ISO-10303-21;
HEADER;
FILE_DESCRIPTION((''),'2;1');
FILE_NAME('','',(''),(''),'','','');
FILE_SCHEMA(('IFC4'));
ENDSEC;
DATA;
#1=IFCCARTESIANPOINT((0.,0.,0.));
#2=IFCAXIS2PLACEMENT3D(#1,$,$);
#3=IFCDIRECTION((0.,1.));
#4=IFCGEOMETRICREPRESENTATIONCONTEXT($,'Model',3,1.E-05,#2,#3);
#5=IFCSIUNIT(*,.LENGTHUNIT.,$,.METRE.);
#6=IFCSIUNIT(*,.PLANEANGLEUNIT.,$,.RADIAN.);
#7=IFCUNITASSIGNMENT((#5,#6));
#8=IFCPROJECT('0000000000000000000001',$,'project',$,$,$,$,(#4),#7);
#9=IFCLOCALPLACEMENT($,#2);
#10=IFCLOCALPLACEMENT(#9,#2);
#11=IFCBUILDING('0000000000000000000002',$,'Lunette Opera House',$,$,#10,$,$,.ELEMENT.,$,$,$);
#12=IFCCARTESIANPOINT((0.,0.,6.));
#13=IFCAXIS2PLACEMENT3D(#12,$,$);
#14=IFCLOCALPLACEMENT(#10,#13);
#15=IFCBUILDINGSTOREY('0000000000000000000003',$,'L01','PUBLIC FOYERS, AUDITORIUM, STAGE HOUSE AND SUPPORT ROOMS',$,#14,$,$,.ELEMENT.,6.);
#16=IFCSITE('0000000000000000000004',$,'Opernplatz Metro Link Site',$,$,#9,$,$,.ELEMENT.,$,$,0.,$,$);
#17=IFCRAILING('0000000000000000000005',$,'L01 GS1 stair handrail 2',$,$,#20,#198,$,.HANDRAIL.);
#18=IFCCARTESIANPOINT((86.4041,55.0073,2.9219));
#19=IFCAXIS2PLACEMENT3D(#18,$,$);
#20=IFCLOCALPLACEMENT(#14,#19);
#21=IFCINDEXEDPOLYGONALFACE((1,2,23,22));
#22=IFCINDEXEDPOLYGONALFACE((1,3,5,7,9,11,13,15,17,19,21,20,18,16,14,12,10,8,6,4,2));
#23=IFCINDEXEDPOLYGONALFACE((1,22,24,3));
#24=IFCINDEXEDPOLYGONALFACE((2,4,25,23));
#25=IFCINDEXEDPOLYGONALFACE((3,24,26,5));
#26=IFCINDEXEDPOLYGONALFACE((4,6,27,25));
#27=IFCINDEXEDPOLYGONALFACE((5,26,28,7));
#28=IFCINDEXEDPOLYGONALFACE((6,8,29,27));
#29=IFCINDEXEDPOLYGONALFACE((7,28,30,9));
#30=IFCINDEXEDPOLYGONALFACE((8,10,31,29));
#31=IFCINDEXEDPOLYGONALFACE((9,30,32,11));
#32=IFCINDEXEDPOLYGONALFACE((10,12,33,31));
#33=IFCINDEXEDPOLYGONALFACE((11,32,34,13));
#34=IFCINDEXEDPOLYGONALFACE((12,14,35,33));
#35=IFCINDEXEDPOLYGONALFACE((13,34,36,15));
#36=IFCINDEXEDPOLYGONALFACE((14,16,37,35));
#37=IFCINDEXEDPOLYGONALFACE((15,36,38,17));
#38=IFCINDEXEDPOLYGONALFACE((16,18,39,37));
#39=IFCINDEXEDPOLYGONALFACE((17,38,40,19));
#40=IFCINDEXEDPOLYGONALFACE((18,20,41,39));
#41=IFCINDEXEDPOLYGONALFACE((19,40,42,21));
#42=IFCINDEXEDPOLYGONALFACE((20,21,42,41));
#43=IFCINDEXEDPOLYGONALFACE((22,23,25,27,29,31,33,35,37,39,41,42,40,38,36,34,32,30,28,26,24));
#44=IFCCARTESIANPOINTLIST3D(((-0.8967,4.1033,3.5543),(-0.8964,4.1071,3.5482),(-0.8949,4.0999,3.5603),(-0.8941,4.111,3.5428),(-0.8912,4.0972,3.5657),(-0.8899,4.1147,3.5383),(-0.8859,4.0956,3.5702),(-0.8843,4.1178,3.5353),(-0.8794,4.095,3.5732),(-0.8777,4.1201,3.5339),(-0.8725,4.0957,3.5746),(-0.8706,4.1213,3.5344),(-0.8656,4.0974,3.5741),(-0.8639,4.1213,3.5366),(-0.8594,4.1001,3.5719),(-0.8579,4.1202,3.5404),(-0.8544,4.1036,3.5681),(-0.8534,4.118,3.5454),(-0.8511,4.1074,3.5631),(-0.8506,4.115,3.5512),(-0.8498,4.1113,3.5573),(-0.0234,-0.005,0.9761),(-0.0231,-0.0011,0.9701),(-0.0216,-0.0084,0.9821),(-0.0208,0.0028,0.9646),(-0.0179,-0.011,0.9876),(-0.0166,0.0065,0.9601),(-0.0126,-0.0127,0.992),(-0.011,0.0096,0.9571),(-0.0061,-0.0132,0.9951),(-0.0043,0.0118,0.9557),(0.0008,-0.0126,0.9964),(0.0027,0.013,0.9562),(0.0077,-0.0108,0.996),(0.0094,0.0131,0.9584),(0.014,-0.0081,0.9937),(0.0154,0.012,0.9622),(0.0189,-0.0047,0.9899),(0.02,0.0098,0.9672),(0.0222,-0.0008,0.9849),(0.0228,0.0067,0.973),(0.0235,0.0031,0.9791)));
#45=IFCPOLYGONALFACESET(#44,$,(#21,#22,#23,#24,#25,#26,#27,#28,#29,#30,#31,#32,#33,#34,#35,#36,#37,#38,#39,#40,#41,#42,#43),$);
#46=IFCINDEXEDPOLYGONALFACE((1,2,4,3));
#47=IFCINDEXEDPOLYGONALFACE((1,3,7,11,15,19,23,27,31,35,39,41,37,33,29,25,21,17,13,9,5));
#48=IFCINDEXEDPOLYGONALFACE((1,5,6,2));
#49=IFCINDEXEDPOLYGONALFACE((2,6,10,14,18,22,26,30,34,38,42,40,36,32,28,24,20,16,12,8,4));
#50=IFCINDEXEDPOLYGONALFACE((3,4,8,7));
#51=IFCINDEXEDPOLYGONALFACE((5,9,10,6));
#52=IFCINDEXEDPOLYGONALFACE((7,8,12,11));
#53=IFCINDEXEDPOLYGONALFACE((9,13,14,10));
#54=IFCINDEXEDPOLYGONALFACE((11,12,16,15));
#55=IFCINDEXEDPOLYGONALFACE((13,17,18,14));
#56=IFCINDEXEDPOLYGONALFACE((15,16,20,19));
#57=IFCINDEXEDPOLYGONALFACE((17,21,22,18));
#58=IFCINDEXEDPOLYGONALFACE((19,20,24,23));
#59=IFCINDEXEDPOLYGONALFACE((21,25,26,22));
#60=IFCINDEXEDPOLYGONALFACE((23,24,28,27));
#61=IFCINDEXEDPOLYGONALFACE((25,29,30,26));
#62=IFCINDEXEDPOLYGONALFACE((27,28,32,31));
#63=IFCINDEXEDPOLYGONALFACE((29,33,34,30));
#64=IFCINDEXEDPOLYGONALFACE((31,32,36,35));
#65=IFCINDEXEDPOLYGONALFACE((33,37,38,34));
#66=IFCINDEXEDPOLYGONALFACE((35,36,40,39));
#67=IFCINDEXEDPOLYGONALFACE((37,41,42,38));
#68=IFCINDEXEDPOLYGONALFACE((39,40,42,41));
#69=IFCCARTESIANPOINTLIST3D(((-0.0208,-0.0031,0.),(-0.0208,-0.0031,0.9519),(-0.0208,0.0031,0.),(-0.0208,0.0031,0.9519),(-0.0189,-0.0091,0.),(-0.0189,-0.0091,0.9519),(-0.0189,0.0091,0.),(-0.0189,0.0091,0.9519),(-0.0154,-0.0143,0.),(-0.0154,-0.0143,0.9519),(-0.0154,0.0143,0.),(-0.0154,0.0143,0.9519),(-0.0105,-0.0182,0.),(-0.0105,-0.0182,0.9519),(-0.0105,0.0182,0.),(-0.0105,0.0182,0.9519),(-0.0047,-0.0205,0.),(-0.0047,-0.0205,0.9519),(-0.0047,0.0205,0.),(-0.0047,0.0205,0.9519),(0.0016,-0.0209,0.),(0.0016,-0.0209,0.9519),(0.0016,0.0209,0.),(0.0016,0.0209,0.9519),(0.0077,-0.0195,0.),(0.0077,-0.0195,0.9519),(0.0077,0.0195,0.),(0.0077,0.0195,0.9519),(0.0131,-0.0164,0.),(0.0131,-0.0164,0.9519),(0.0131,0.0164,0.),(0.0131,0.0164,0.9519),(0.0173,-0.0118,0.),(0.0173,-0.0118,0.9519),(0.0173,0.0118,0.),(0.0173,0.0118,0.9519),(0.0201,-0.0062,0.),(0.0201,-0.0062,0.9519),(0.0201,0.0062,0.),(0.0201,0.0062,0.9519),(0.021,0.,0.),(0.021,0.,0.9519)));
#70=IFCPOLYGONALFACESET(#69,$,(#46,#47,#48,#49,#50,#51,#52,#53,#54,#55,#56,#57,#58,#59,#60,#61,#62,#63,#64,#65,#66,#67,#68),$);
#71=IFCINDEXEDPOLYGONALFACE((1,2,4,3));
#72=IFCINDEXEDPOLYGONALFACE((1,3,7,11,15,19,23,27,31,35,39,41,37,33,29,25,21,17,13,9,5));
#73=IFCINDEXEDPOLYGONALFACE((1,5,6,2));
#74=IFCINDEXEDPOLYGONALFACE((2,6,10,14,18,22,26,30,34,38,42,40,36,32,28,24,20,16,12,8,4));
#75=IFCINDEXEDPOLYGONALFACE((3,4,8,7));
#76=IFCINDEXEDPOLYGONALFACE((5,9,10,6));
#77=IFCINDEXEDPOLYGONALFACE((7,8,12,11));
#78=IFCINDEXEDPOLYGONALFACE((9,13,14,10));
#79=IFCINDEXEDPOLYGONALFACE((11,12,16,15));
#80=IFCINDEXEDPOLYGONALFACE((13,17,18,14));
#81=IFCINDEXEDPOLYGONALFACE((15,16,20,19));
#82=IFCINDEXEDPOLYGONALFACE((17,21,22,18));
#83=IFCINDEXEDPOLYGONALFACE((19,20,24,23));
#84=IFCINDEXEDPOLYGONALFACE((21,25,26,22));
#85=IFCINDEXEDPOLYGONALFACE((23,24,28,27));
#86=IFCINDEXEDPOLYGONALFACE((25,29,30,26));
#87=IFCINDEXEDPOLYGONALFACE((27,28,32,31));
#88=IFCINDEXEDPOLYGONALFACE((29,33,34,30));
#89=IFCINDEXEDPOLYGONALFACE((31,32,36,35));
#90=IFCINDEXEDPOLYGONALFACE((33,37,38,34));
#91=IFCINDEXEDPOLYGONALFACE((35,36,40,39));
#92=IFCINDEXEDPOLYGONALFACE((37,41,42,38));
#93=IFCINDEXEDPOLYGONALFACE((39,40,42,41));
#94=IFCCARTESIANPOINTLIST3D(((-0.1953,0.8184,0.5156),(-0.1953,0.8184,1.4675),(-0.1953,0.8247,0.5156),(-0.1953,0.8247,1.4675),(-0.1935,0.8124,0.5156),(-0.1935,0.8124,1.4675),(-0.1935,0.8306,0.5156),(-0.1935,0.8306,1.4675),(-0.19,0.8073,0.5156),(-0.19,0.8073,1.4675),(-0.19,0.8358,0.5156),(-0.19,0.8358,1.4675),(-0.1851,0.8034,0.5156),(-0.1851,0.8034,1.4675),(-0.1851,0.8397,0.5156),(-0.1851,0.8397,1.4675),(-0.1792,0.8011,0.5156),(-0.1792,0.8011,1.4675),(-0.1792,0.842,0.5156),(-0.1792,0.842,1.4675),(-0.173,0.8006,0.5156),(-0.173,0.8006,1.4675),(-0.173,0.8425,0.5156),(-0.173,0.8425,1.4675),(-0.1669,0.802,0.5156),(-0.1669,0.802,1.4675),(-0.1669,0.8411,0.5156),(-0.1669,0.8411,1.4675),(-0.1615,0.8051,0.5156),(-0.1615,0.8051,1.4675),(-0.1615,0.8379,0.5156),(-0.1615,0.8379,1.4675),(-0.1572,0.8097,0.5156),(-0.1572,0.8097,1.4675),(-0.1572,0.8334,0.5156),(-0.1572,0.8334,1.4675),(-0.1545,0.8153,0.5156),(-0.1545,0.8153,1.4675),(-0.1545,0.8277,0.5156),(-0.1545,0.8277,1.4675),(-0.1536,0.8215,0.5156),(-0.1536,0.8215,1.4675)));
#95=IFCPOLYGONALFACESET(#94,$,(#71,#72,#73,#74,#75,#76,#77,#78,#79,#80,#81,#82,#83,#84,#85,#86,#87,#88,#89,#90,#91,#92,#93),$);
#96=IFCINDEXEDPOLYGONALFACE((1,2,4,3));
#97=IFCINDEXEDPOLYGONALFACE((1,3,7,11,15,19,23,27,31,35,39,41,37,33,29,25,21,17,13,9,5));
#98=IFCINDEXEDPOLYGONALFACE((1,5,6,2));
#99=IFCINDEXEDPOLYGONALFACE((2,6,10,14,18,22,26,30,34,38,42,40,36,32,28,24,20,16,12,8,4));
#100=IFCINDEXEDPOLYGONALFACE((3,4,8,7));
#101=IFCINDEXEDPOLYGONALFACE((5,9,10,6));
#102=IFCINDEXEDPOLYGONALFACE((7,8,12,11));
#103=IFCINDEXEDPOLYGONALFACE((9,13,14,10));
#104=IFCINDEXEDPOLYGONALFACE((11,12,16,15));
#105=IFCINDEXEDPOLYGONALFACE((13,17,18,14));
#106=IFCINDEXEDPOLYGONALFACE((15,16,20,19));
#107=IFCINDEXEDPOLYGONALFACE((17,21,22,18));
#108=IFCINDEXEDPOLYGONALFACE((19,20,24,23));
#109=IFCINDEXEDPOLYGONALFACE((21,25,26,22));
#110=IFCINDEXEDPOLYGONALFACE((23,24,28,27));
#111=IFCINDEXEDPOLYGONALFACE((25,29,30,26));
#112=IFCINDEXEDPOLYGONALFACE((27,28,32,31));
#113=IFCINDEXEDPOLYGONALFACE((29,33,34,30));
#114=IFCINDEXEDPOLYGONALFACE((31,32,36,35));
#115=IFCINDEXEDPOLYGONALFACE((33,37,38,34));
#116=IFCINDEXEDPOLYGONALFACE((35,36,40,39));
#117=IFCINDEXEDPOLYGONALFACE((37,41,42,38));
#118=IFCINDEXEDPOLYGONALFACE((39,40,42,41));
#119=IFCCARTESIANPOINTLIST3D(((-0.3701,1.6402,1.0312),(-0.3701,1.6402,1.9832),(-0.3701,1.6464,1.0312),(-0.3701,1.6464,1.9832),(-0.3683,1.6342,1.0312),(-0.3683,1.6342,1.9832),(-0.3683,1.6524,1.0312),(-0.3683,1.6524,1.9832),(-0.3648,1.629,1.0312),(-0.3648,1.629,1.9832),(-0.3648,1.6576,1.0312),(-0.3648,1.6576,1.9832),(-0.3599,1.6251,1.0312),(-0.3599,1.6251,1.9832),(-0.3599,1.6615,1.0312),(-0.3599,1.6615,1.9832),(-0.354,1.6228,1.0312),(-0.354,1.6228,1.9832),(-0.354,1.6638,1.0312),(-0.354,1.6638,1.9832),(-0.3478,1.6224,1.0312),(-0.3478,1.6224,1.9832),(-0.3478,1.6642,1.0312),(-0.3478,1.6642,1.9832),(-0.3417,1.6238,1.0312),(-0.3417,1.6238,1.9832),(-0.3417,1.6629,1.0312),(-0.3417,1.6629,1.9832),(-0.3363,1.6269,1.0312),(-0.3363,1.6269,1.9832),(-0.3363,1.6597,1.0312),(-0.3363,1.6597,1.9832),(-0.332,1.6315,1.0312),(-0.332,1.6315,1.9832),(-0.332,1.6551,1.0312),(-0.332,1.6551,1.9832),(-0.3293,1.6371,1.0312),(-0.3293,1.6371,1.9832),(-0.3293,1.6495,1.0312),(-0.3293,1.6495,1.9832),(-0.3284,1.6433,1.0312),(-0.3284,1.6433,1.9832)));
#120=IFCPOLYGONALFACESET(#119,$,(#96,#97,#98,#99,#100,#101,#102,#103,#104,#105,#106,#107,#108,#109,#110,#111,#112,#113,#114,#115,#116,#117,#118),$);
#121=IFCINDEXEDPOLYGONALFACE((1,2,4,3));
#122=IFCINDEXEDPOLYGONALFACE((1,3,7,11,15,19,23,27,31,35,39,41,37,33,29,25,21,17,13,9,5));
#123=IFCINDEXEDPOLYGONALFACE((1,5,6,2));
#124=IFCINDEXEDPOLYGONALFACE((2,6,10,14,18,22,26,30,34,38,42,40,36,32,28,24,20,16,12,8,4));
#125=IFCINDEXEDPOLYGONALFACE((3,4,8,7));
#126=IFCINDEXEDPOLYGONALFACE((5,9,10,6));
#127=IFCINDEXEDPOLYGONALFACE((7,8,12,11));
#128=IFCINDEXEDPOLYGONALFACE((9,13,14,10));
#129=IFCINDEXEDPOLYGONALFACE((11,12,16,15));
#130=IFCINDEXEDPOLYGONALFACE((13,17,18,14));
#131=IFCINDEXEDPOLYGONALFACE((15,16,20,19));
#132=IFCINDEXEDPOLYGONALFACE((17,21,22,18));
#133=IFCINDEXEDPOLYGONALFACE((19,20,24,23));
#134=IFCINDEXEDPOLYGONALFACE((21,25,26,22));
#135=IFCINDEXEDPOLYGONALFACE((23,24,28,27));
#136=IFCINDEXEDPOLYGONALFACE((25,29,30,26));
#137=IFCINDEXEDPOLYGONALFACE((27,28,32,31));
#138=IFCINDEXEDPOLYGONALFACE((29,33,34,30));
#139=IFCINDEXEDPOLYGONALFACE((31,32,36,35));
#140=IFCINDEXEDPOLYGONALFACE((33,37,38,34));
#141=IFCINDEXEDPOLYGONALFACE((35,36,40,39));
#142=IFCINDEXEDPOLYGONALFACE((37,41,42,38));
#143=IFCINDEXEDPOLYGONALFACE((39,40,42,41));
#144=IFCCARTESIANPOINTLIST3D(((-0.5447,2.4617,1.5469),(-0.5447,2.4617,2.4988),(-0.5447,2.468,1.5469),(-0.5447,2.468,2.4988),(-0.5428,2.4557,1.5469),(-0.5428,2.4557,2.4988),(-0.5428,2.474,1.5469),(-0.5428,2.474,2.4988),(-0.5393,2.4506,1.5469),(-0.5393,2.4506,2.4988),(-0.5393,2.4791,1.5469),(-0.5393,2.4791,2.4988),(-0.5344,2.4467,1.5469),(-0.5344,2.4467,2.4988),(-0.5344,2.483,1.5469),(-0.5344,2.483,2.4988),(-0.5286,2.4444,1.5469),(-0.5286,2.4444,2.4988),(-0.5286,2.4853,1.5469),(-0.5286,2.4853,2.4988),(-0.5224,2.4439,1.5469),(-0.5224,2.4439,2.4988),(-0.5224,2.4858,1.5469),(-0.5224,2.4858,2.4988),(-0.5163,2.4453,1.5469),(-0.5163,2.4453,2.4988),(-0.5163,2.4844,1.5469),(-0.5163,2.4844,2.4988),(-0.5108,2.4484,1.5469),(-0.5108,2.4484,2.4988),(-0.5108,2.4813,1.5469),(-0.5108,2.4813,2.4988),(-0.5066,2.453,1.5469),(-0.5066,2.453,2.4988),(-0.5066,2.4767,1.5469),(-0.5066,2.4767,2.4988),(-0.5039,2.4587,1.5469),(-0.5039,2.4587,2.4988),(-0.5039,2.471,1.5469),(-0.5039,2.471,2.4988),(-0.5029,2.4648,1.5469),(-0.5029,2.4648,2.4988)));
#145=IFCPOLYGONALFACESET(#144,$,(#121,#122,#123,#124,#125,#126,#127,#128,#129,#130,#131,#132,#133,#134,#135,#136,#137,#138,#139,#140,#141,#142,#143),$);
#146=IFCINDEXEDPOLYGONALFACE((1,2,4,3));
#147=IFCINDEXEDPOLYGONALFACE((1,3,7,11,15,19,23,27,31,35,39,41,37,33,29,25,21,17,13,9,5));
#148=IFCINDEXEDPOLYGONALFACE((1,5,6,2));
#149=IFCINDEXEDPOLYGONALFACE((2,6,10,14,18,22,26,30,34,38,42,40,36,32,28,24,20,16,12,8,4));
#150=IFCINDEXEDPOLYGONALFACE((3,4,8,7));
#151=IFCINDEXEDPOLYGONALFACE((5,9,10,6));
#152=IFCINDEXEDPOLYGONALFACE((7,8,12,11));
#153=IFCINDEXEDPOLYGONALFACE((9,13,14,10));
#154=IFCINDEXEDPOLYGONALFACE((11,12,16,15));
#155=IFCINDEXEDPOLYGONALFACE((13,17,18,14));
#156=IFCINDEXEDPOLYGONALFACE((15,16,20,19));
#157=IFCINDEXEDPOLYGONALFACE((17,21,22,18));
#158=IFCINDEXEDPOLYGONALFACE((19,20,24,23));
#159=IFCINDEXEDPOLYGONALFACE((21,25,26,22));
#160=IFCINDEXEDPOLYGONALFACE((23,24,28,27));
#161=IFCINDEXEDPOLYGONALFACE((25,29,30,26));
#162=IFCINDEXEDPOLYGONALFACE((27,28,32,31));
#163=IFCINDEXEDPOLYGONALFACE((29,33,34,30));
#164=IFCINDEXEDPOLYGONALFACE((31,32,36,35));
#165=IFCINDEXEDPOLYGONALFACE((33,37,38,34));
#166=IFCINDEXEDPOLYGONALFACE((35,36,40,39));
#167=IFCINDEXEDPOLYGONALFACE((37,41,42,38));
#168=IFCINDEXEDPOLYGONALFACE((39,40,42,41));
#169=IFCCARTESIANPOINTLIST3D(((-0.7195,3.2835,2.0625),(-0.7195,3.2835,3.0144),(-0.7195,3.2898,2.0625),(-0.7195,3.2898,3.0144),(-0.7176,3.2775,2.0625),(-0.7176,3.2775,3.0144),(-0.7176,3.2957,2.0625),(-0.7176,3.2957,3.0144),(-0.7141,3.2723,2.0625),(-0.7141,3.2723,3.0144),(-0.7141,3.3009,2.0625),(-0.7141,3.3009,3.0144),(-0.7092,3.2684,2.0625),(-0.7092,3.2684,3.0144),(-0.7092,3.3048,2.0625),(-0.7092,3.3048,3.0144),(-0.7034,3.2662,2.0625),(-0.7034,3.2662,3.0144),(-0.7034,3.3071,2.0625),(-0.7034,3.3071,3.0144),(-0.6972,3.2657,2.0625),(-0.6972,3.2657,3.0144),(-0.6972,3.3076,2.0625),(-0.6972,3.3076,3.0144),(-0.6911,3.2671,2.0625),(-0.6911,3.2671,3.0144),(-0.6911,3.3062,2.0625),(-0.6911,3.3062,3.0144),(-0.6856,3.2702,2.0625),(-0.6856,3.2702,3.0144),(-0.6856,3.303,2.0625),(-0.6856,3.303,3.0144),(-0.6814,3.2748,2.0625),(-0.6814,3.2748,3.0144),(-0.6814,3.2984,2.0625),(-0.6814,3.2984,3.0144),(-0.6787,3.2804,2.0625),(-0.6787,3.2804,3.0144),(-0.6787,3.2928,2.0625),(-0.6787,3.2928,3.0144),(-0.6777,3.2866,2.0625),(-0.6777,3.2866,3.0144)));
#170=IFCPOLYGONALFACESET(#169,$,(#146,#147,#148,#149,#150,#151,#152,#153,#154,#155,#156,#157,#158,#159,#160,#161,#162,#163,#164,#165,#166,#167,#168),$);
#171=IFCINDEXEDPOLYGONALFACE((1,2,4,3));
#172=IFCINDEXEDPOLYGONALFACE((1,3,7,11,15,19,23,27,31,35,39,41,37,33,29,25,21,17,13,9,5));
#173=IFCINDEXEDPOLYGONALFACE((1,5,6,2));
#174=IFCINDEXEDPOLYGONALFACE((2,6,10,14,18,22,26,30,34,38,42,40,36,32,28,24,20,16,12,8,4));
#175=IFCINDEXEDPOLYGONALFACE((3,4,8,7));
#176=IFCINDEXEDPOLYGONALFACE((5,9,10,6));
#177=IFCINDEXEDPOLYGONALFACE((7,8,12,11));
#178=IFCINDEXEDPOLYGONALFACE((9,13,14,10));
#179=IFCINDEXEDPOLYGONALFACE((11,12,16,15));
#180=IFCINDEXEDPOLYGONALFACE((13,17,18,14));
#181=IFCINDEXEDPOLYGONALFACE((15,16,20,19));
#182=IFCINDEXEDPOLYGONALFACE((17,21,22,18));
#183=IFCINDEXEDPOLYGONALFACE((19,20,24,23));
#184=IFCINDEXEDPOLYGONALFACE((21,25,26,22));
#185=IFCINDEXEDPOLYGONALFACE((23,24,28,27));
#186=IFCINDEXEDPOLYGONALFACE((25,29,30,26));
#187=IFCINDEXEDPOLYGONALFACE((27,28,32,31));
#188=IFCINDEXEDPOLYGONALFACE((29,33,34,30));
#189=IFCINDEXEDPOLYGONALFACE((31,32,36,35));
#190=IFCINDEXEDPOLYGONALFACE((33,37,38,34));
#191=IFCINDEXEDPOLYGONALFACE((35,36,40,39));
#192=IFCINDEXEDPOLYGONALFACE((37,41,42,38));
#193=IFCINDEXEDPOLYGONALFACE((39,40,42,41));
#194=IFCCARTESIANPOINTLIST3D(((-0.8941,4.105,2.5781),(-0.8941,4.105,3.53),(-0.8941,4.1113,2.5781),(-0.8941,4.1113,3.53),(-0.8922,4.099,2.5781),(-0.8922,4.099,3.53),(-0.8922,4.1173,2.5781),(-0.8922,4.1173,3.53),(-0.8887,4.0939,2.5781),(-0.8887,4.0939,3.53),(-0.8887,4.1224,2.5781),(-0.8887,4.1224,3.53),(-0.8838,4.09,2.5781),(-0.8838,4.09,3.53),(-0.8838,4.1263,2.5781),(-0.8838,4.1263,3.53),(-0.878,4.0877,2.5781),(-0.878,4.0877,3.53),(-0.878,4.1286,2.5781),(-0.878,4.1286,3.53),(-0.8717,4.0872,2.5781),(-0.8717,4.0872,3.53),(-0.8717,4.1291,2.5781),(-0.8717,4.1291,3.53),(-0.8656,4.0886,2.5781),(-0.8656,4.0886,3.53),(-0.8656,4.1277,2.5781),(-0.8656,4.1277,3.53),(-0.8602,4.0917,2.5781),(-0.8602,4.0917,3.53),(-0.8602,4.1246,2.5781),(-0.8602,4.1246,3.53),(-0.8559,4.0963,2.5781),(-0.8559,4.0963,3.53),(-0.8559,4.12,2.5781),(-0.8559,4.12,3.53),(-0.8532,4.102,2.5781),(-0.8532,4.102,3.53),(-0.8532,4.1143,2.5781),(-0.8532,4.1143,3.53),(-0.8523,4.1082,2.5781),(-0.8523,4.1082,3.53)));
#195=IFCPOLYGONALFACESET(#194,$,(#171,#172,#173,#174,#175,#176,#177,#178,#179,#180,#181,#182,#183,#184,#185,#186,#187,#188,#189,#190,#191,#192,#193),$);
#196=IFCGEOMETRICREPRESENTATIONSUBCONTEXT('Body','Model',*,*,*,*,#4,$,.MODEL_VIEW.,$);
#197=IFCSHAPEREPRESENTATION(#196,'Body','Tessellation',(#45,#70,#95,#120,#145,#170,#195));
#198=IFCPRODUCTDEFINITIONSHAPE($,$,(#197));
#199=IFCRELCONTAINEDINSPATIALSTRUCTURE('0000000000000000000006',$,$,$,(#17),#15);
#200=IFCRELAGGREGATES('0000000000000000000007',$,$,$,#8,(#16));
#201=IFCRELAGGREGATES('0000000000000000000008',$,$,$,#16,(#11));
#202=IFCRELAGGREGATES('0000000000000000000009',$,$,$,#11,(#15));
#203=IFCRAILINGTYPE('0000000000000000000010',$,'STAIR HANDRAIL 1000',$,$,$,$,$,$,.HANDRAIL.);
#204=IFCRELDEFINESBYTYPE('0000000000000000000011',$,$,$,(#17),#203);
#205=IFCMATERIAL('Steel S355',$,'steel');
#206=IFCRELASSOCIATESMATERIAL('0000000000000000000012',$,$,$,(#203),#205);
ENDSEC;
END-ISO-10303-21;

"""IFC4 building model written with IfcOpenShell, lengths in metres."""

from ifc_helpers import new_model, si_unit, direction, frame, origin, origin_2d, place, context, subcontext, project, spatial, circle, extrude, material, type_object, element, save


model = new_model("IFC4")

# Units and contexts
model_context = context("Model", 3, precision=1e-05, world=origin(), true_north=direction((0.0, 1.0)))
body_context = subcontext(model_context, "Body", "Model", "MODEL_VIEW")
ifc_project = project(units=[si_unit("LENGTHUNIT", "METRE"), si_unit("PLANEANGLEUNIT", "RADIAN")], contexts=[model_context])

# Site, building, storey
site_placement = place(None, origin())
site = spatial("IfcSite", under=ifc_project, at=site_placement, Name="Opernplatz Metro Link Site", CompositionType="ELEMENT", RefElevation=0.0)
building_placement = place(site_placement, origin())
building = spatial("IfcBuilding", under=site, at=building_placement, Name="Lunette Opera House", CompositionType="ELEMENT")
storey_placement = place(building_placement, frame((0.0, 0.0, 6.0)))
storey = spatial("IfcBuildingStorey", under=building, at=storey_placement, Name="L01", Description="PUBLIC FOYERS, AUDITORIUM, STAGE HOUSE AND SUPPORT ROOMS", CompositionType="ELEMENT", Elevation=6.0)

# Railing
ifc_material_1 = material(Name="Steel S355", Category="steel")
railing_type_1 = type_object("IfcRailingType", Name="STAIR HANDRAIL 1000", PredefinedType="HANDRAIL", material=ifc_material_1)
railing_1_placement = place(storey_placement, frame((86.4041, 55.0073, 2.9219)))
element("IfcRailing", 1, at=railing_1_placement, inside=storey, type_object=railing_type_1, Name="L01 GS1 stair handrail 2", PredefinedType="HANDRAIL", context=body_context, shape_type="SweptSolid", body=[
    extrude(circle(Radius=0.0239, at=origin_2d()), frame((0.0, 0.0, 0.9761), z_axis=(-0.177206, 0.833616, 0.523146), x_axis=(-0.978144, -0.207929, 0.0)), (0.0, 0.0, 1.0), 4.9282),
    extrude(circle(Radius=0.021, at=origin_2d()), origin(), (0.0, 0.0, 1.0), 0.9519),
    extrude(circle(Radius=0.021, at=origin_2d()), frame((-0.1746, 0.8215, 0.5156)), (0.0, 0.0, 1.0), 0.9519),
    extrude(circle(Radius=0.021, at=origin_2d()), frame((-0.3494, 1.6433, 1.0312)), (0.0, 0.0, 1.0), 0.9519),
    extrude(circle(Radius=0.021, at=origin_2d()), frame((-0.5239, 2.4648, 1.5469)), (0.0, 0.0, 1.0), 0.9519),
    extrude(circle(Radius=0.021, at=origin_2d()), frame((-0.6987, 3.2866, 2.0625)), (0.0, 0.0, 1.0), 0.9519),
    extrude(circle(Radius=0.021, at=origin_2d()), frame((-0.8733, 4.1082, 2.5781)), (0.0, 0.0, 1.0), 0.9519),
])

save(model, "model.ifc")
